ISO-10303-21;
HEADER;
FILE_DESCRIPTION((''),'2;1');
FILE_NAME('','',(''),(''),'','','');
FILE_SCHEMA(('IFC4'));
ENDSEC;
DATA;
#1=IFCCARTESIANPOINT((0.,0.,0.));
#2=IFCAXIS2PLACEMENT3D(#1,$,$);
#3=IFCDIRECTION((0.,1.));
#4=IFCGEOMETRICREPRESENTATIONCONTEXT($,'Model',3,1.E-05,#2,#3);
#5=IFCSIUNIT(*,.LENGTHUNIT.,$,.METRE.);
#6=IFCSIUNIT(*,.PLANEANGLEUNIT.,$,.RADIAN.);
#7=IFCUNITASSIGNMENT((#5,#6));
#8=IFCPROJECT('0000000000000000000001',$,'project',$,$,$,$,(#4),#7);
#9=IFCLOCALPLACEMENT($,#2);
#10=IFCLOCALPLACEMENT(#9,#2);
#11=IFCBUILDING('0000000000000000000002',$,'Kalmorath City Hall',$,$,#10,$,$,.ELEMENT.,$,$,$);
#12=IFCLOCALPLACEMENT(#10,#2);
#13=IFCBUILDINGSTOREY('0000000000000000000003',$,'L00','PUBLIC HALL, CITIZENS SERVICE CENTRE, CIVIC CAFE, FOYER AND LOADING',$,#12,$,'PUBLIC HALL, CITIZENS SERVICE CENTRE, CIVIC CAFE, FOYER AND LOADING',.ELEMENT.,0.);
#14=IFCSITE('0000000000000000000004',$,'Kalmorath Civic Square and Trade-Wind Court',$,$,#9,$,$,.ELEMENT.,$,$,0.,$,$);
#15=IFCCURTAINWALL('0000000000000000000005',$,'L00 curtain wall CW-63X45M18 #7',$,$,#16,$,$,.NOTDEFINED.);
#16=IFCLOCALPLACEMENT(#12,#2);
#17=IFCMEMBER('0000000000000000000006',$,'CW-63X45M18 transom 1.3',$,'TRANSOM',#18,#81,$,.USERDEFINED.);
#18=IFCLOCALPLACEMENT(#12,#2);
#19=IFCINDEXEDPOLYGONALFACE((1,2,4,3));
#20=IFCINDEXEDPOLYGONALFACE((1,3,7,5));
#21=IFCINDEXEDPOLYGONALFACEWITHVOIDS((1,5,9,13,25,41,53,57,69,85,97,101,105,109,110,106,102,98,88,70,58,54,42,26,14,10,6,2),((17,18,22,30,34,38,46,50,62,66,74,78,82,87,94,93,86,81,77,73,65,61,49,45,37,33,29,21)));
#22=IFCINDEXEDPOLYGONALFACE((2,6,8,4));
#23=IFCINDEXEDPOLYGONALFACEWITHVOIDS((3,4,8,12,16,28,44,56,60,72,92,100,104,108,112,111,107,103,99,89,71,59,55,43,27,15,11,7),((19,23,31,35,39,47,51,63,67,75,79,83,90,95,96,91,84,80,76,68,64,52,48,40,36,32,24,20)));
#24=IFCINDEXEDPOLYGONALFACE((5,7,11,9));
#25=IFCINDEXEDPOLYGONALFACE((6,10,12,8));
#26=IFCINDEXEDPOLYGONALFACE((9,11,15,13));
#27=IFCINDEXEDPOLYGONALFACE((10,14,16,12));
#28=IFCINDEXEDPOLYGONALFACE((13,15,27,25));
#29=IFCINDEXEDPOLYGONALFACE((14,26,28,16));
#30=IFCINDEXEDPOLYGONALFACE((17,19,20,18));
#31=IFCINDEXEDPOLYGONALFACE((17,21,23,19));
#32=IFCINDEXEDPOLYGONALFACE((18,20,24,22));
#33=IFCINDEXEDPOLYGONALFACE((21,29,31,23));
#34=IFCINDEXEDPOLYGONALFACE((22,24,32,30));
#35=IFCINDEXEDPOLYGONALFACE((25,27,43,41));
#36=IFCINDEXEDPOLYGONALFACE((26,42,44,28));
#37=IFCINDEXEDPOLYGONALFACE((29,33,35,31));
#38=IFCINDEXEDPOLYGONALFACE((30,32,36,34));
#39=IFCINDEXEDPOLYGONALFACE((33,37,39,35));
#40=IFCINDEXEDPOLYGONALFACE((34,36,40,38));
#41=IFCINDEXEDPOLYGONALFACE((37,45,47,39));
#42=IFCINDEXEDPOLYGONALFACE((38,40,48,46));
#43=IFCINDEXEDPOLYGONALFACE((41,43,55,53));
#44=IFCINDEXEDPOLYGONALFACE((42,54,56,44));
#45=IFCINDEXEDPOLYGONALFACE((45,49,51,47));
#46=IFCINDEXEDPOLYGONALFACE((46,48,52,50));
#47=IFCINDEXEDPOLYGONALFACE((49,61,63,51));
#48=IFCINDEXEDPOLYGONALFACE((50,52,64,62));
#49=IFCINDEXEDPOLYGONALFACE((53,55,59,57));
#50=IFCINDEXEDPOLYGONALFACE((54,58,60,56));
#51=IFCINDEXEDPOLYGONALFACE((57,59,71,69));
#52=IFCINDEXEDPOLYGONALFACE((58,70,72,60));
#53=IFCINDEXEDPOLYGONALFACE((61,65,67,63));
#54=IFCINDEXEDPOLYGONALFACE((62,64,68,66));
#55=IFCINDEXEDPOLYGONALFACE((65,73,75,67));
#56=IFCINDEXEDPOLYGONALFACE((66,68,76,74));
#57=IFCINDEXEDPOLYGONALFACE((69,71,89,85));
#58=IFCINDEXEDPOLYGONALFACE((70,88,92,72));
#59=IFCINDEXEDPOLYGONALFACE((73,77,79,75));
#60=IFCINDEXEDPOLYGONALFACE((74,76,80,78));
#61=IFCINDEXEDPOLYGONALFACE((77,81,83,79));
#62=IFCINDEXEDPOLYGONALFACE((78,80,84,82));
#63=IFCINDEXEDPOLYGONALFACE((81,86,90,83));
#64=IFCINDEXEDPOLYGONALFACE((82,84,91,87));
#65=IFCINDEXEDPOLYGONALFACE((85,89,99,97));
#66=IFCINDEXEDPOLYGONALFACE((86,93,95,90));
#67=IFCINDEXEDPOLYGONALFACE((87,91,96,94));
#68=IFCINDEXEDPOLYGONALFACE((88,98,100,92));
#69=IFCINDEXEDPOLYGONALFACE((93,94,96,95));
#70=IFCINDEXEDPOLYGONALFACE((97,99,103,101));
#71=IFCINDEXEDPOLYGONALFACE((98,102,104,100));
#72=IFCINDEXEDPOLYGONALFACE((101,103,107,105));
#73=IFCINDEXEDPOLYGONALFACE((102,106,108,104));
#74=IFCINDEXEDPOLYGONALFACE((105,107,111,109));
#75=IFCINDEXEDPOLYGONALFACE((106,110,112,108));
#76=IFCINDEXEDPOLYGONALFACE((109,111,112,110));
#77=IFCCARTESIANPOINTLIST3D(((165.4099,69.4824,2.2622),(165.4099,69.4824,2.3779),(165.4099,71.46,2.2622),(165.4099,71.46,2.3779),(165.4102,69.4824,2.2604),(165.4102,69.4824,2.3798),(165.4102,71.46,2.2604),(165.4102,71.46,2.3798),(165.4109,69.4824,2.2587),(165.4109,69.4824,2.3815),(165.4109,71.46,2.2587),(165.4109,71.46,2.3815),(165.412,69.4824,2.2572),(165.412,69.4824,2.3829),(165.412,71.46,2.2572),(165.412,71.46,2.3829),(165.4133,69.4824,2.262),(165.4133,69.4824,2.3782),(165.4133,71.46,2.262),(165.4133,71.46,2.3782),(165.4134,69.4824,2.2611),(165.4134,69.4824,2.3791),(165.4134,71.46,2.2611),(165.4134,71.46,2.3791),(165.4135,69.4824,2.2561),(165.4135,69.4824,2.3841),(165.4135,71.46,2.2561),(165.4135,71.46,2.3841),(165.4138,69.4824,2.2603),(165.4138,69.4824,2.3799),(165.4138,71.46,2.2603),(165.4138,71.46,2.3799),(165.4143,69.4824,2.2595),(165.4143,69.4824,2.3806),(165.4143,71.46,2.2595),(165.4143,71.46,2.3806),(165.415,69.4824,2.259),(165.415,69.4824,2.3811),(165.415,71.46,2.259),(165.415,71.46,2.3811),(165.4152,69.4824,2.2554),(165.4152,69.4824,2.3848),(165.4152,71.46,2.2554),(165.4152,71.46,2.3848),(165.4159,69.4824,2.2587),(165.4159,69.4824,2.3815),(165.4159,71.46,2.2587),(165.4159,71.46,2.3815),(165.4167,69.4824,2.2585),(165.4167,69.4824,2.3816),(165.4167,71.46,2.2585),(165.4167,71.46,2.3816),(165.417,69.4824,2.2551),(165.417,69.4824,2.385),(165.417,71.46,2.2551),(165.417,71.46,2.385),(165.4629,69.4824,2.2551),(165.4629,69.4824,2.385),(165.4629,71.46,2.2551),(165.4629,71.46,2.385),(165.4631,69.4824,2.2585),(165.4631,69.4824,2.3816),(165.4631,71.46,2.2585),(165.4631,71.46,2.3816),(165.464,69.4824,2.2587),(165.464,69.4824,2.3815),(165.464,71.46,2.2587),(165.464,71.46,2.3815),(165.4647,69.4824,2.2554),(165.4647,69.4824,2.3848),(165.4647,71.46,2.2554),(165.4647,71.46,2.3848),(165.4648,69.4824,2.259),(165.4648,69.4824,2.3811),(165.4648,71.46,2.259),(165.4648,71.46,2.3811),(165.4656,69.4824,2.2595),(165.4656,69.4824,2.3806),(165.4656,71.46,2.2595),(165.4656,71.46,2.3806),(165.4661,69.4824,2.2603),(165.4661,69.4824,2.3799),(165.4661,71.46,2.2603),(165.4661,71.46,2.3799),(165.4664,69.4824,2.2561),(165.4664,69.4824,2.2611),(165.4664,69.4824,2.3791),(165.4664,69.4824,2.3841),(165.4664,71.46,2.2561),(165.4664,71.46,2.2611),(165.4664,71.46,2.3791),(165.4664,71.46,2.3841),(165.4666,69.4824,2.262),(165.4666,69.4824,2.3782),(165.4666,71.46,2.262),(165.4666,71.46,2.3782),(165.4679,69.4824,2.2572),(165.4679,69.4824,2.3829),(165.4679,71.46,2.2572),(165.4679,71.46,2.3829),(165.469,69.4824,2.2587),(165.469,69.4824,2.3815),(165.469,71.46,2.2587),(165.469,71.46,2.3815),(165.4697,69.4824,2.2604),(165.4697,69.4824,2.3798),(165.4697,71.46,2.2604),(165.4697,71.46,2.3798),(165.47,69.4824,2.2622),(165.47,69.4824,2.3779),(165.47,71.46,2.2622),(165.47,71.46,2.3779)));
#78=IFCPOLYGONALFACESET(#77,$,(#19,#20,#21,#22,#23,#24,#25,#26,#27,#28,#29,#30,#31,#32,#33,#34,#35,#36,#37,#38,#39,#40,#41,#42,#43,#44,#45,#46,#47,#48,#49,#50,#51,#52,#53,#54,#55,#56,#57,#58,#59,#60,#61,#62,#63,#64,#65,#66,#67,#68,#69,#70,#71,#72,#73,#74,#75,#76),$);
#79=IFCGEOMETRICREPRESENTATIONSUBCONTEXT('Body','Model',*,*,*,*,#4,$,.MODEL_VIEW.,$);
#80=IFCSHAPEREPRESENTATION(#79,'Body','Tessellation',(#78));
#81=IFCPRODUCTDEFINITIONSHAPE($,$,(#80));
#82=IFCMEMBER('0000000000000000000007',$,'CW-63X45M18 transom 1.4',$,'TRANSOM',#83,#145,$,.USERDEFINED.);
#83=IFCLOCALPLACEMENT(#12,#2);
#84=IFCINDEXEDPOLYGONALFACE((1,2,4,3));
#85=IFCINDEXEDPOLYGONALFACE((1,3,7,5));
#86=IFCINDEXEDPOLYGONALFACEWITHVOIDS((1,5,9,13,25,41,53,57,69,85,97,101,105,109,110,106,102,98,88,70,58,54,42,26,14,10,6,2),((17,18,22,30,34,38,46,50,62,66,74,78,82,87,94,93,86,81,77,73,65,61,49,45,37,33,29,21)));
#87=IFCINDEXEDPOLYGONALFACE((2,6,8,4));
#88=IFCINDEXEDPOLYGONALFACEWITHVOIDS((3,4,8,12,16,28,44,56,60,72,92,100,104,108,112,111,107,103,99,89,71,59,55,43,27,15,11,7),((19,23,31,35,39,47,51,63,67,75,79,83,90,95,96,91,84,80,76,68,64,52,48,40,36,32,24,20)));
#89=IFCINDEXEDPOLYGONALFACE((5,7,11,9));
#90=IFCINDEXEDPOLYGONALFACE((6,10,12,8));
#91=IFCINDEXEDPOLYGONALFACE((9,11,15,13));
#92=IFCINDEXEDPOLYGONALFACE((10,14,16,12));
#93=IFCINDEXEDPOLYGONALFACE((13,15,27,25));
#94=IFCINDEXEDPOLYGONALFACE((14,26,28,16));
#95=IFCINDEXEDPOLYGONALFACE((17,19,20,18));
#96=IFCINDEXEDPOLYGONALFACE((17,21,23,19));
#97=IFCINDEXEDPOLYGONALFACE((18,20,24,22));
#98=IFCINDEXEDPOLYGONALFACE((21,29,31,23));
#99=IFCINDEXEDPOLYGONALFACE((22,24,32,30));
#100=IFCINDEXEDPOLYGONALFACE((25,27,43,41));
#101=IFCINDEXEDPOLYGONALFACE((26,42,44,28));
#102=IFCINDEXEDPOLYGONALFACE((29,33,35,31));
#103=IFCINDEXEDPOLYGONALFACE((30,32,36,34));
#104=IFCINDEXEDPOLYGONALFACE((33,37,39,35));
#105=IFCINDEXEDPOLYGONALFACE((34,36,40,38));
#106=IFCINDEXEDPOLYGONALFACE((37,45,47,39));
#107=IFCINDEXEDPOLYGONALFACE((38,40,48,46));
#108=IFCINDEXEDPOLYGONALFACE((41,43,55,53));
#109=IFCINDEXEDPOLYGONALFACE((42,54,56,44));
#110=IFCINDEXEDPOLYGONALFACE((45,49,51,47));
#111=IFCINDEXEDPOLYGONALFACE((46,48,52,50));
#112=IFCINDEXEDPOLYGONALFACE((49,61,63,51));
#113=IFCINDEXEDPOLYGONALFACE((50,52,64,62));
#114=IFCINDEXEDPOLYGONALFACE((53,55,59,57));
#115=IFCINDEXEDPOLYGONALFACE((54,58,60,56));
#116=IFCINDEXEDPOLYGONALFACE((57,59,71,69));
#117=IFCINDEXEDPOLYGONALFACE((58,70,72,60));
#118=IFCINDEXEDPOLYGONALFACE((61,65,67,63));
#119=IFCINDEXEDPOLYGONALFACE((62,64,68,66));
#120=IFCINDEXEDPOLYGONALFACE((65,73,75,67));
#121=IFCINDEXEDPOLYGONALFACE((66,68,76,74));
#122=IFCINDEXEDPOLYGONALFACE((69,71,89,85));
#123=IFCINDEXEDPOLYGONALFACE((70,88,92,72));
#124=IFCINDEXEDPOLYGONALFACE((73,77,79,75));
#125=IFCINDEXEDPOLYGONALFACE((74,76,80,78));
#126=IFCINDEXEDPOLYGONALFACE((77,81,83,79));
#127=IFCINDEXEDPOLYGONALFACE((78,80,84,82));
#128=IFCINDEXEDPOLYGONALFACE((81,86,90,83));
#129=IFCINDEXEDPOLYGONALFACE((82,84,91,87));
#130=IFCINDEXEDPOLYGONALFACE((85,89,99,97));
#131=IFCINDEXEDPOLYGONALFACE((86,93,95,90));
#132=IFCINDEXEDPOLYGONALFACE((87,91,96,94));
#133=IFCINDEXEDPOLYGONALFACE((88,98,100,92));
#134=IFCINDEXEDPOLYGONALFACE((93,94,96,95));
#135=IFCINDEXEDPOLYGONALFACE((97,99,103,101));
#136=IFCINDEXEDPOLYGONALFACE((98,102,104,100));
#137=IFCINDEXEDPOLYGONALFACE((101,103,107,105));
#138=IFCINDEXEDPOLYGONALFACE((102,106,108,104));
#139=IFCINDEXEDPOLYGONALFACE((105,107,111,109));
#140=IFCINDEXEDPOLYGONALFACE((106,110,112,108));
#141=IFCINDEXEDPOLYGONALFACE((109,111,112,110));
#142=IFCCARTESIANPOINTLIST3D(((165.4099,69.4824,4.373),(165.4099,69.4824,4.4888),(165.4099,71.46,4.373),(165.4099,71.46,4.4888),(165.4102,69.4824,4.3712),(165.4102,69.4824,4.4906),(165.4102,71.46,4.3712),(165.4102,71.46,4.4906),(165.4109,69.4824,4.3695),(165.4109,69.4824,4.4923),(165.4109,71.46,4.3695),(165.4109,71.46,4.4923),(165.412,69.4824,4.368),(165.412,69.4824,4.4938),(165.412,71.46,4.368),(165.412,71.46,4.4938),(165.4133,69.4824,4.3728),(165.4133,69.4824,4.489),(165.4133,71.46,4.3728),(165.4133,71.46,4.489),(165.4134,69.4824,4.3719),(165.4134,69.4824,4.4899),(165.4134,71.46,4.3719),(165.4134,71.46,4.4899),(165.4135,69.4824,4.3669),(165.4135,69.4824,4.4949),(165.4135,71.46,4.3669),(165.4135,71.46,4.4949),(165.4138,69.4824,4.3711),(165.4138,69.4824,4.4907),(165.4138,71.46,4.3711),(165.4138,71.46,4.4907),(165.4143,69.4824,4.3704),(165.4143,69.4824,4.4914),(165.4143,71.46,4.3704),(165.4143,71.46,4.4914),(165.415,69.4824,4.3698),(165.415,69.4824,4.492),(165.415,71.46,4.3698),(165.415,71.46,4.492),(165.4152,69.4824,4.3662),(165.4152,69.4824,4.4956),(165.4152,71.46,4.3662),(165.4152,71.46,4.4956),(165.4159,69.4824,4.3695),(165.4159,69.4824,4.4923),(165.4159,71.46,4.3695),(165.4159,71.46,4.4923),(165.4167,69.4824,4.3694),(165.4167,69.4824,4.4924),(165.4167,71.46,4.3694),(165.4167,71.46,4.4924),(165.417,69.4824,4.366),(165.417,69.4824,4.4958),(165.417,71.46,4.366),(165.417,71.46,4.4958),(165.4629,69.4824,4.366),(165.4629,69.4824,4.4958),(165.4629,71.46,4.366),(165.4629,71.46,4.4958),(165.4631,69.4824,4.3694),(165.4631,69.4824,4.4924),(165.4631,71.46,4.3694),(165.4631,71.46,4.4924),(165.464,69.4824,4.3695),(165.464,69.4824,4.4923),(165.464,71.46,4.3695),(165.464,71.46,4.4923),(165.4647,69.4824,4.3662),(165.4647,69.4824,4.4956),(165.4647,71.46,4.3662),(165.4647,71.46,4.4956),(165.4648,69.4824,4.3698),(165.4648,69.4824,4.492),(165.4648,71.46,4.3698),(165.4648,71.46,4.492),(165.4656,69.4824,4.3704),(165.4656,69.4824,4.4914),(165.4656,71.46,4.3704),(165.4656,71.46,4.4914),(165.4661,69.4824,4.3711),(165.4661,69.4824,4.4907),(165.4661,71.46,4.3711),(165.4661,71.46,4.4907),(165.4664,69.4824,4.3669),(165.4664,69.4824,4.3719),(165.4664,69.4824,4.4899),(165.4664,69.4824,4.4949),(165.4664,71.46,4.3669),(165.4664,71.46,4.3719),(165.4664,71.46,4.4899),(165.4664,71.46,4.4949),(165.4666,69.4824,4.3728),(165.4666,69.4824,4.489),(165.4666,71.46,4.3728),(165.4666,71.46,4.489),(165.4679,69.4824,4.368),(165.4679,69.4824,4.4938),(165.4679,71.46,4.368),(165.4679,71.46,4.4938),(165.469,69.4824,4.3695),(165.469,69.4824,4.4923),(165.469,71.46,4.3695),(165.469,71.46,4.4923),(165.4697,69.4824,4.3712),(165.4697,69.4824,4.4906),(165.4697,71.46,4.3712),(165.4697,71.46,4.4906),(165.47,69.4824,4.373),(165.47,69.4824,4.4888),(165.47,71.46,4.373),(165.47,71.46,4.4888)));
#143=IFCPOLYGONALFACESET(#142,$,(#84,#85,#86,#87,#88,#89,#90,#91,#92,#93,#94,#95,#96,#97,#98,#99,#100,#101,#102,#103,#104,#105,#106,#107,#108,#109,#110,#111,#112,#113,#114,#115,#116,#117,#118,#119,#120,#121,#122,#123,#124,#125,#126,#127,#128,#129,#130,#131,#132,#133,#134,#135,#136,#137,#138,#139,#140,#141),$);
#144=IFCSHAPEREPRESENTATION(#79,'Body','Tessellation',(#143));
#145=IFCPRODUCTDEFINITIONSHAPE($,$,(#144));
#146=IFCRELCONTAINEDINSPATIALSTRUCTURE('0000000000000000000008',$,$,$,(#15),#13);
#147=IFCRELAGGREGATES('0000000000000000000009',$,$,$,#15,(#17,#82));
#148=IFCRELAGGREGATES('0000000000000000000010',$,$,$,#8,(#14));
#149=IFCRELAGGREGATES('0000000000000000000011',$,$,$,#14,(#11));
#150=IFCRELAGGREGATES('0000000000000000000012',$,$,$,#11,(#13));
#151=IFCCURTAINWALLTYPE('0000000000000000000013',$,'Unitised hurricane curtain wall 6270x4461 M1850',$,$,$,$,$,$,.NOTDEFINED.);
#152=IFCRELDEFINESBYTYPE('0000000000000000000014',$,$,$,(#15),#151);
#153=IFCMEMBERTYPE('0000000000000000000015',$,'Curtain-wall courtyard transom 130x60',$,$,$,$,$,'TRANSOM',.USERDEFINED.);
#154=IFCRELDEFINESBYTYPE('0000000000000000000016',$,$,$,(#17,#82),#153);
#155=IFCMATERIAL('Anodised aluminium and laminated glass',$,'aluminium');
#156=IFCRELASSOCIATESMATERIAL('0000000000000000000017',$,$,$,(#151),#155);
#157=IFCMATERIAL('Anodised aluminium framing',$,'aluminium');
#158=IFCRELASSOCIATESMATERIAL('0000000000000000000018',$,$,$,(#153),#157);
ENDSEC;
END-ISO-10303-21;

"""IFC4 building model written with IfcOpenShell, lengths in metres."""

from ifc_helpers import new_model, si_unit, direction, frame, origin, origin_2d, place, context, subcontext, project, spatial, hollow_rectangle, extrude, material, material_profile, profile_set, type_object, element, aggregate, save


model = new_model("IFC4")

# Units and contexts
model_context = context("Model", 3, precision=1e-05, world=origin(), true_north=direction((0.0, 1.0)))
body_context = subcontext(model_context, "Body", "Model", "MODEL_VIEW")
ifc_project = project(units=[si_unit("LENGTHUNIT", "METRE"), si_unit("PLANEANGLEUNIT", "RADIAN")], contexts=[model_context])

# Site, building, storey
site_placement = place(None, origin())
site = spatial("IfcSite", under=ifc_project, at=site_placement, Name="Kalmorath Civic Square and Trade-Wind Court", CompositionType="ELEMENT", RefElevation=0.0)
building_placement = place(site_placement, origin())
building = spatial("IfcBuilding", under=site, at=building_placement, Name="Kalmorath City Hall", CompositionType="ELEMENT")
storey_placement = place(building_placement, origin())
storey = spatial("IfcBuildingStorey", under=building, at=storey_placement, Name="L00", Description="PUBLIC HALL, CITIZENS SERVICE CENTRE, CIVIC CAFE, FOYER AND LOADING", LongName="PUBLIC HALL, CITIZENS SERVICE CENTRE, CIVIC CAFE, FOYER AND LOADING", CompositionType="ELEMENT", Elevation=0.0)

# Curtain wall, members
ifc_material_1 = material(Name="Anodised aluminium and laminated glass", Category="aluminium")
curtain_wall_type = type_object("IfcCurtainWallType", Name="Unitised hurricane curtain wall 6270x4461 M1850", PredefinedType="NOTDEFINED", material=ifc_material_1)
curtain_wall_placement = place(storey_placement, origin())
curtain_wall = element("IfcCurtainWall", 1, at=curtain_wall_placement, inside=storey, type_object=curtain_wall_type, Name="L00 curtain wall CW-63X45M18 #7", PredefinedType="NOTDEFINED")
ifc_material_2 = material(Name="Anodised aluminium framing", Category="aluminium")
ifc_material_profile_1 = material_profile(ifc_material_2, hollow_rectangle(XDim=0.0601, YDim=0.1299, WallThickness=0.0034, InnerFilletRadius=0.0034, OuterFilletRadius=0.0071, at=origin_2d()), Name="ALU-TRN-130X60X3.5")
ifc_profile_set_1 = profile_set([ifc_material_profile_1], Name="Anodised aluminium framing")
member_type_1 = type_object("IfcMemberType", Name="Curtain-wall courtyard transom 130x60", ElementType="TRANSOM", PredefinedType="USERDEFINED", material=ifc_profile_set_1)
member_1_placement = place(storey_placement, frame((165.4399, 71.46, 2.3201), z_axis=(0.0, -1.0, 0.0), x_axis=(1.0, 0.0, 0.0)))
member_1 = element("IfcMember", 2, at=member_1_placement, type_object=member_type_1, Name="CW-63X45M18 transom 1.3", ObjectType="TRANSOM", PredefinedType="USERDEFINED", context=body_context, shape_type="SweptSolid", body=[
    extrude(hollow_rectangle(XDim=0.0601, YDim=0.1299, WallThickness=0.0034, InnerFilletRadius=0.0034, OuterFilletRadius=0.0071, at=origin_2d()), origin(), (0.0, 0.0, 1.0), 1.9775),
])
member_2_placement = place(storey_placement, frame((165.4399, 71.46, 4.4309), z_axis=(0.0, -1.0, 0.0), x_axis=(1.0, 0.0, 0.0)))
member_2 = element("IfcMember", 3, at=member_2_placement, type_object=member_type_1, Name="CW-63X45M18 transom 1.4", ObjectType="TRANSOM", PredefinedType="USERDEFINED", context=body_context, shape_type="SweptSolid", body=[
    extrude(hollow_rectangle(XDim=0.0601, YDim=0.1299, WallThickness=0.0034, InnerFilletRadius=0.0034, OuterFilletRadius=0.0071, at=origin_2d()), origin(), (0.0, 0.0, 1.0), 1.9775),
])
aggregate(curtain_wall, [member_1, member_2])

save(model, "model.ifc")
